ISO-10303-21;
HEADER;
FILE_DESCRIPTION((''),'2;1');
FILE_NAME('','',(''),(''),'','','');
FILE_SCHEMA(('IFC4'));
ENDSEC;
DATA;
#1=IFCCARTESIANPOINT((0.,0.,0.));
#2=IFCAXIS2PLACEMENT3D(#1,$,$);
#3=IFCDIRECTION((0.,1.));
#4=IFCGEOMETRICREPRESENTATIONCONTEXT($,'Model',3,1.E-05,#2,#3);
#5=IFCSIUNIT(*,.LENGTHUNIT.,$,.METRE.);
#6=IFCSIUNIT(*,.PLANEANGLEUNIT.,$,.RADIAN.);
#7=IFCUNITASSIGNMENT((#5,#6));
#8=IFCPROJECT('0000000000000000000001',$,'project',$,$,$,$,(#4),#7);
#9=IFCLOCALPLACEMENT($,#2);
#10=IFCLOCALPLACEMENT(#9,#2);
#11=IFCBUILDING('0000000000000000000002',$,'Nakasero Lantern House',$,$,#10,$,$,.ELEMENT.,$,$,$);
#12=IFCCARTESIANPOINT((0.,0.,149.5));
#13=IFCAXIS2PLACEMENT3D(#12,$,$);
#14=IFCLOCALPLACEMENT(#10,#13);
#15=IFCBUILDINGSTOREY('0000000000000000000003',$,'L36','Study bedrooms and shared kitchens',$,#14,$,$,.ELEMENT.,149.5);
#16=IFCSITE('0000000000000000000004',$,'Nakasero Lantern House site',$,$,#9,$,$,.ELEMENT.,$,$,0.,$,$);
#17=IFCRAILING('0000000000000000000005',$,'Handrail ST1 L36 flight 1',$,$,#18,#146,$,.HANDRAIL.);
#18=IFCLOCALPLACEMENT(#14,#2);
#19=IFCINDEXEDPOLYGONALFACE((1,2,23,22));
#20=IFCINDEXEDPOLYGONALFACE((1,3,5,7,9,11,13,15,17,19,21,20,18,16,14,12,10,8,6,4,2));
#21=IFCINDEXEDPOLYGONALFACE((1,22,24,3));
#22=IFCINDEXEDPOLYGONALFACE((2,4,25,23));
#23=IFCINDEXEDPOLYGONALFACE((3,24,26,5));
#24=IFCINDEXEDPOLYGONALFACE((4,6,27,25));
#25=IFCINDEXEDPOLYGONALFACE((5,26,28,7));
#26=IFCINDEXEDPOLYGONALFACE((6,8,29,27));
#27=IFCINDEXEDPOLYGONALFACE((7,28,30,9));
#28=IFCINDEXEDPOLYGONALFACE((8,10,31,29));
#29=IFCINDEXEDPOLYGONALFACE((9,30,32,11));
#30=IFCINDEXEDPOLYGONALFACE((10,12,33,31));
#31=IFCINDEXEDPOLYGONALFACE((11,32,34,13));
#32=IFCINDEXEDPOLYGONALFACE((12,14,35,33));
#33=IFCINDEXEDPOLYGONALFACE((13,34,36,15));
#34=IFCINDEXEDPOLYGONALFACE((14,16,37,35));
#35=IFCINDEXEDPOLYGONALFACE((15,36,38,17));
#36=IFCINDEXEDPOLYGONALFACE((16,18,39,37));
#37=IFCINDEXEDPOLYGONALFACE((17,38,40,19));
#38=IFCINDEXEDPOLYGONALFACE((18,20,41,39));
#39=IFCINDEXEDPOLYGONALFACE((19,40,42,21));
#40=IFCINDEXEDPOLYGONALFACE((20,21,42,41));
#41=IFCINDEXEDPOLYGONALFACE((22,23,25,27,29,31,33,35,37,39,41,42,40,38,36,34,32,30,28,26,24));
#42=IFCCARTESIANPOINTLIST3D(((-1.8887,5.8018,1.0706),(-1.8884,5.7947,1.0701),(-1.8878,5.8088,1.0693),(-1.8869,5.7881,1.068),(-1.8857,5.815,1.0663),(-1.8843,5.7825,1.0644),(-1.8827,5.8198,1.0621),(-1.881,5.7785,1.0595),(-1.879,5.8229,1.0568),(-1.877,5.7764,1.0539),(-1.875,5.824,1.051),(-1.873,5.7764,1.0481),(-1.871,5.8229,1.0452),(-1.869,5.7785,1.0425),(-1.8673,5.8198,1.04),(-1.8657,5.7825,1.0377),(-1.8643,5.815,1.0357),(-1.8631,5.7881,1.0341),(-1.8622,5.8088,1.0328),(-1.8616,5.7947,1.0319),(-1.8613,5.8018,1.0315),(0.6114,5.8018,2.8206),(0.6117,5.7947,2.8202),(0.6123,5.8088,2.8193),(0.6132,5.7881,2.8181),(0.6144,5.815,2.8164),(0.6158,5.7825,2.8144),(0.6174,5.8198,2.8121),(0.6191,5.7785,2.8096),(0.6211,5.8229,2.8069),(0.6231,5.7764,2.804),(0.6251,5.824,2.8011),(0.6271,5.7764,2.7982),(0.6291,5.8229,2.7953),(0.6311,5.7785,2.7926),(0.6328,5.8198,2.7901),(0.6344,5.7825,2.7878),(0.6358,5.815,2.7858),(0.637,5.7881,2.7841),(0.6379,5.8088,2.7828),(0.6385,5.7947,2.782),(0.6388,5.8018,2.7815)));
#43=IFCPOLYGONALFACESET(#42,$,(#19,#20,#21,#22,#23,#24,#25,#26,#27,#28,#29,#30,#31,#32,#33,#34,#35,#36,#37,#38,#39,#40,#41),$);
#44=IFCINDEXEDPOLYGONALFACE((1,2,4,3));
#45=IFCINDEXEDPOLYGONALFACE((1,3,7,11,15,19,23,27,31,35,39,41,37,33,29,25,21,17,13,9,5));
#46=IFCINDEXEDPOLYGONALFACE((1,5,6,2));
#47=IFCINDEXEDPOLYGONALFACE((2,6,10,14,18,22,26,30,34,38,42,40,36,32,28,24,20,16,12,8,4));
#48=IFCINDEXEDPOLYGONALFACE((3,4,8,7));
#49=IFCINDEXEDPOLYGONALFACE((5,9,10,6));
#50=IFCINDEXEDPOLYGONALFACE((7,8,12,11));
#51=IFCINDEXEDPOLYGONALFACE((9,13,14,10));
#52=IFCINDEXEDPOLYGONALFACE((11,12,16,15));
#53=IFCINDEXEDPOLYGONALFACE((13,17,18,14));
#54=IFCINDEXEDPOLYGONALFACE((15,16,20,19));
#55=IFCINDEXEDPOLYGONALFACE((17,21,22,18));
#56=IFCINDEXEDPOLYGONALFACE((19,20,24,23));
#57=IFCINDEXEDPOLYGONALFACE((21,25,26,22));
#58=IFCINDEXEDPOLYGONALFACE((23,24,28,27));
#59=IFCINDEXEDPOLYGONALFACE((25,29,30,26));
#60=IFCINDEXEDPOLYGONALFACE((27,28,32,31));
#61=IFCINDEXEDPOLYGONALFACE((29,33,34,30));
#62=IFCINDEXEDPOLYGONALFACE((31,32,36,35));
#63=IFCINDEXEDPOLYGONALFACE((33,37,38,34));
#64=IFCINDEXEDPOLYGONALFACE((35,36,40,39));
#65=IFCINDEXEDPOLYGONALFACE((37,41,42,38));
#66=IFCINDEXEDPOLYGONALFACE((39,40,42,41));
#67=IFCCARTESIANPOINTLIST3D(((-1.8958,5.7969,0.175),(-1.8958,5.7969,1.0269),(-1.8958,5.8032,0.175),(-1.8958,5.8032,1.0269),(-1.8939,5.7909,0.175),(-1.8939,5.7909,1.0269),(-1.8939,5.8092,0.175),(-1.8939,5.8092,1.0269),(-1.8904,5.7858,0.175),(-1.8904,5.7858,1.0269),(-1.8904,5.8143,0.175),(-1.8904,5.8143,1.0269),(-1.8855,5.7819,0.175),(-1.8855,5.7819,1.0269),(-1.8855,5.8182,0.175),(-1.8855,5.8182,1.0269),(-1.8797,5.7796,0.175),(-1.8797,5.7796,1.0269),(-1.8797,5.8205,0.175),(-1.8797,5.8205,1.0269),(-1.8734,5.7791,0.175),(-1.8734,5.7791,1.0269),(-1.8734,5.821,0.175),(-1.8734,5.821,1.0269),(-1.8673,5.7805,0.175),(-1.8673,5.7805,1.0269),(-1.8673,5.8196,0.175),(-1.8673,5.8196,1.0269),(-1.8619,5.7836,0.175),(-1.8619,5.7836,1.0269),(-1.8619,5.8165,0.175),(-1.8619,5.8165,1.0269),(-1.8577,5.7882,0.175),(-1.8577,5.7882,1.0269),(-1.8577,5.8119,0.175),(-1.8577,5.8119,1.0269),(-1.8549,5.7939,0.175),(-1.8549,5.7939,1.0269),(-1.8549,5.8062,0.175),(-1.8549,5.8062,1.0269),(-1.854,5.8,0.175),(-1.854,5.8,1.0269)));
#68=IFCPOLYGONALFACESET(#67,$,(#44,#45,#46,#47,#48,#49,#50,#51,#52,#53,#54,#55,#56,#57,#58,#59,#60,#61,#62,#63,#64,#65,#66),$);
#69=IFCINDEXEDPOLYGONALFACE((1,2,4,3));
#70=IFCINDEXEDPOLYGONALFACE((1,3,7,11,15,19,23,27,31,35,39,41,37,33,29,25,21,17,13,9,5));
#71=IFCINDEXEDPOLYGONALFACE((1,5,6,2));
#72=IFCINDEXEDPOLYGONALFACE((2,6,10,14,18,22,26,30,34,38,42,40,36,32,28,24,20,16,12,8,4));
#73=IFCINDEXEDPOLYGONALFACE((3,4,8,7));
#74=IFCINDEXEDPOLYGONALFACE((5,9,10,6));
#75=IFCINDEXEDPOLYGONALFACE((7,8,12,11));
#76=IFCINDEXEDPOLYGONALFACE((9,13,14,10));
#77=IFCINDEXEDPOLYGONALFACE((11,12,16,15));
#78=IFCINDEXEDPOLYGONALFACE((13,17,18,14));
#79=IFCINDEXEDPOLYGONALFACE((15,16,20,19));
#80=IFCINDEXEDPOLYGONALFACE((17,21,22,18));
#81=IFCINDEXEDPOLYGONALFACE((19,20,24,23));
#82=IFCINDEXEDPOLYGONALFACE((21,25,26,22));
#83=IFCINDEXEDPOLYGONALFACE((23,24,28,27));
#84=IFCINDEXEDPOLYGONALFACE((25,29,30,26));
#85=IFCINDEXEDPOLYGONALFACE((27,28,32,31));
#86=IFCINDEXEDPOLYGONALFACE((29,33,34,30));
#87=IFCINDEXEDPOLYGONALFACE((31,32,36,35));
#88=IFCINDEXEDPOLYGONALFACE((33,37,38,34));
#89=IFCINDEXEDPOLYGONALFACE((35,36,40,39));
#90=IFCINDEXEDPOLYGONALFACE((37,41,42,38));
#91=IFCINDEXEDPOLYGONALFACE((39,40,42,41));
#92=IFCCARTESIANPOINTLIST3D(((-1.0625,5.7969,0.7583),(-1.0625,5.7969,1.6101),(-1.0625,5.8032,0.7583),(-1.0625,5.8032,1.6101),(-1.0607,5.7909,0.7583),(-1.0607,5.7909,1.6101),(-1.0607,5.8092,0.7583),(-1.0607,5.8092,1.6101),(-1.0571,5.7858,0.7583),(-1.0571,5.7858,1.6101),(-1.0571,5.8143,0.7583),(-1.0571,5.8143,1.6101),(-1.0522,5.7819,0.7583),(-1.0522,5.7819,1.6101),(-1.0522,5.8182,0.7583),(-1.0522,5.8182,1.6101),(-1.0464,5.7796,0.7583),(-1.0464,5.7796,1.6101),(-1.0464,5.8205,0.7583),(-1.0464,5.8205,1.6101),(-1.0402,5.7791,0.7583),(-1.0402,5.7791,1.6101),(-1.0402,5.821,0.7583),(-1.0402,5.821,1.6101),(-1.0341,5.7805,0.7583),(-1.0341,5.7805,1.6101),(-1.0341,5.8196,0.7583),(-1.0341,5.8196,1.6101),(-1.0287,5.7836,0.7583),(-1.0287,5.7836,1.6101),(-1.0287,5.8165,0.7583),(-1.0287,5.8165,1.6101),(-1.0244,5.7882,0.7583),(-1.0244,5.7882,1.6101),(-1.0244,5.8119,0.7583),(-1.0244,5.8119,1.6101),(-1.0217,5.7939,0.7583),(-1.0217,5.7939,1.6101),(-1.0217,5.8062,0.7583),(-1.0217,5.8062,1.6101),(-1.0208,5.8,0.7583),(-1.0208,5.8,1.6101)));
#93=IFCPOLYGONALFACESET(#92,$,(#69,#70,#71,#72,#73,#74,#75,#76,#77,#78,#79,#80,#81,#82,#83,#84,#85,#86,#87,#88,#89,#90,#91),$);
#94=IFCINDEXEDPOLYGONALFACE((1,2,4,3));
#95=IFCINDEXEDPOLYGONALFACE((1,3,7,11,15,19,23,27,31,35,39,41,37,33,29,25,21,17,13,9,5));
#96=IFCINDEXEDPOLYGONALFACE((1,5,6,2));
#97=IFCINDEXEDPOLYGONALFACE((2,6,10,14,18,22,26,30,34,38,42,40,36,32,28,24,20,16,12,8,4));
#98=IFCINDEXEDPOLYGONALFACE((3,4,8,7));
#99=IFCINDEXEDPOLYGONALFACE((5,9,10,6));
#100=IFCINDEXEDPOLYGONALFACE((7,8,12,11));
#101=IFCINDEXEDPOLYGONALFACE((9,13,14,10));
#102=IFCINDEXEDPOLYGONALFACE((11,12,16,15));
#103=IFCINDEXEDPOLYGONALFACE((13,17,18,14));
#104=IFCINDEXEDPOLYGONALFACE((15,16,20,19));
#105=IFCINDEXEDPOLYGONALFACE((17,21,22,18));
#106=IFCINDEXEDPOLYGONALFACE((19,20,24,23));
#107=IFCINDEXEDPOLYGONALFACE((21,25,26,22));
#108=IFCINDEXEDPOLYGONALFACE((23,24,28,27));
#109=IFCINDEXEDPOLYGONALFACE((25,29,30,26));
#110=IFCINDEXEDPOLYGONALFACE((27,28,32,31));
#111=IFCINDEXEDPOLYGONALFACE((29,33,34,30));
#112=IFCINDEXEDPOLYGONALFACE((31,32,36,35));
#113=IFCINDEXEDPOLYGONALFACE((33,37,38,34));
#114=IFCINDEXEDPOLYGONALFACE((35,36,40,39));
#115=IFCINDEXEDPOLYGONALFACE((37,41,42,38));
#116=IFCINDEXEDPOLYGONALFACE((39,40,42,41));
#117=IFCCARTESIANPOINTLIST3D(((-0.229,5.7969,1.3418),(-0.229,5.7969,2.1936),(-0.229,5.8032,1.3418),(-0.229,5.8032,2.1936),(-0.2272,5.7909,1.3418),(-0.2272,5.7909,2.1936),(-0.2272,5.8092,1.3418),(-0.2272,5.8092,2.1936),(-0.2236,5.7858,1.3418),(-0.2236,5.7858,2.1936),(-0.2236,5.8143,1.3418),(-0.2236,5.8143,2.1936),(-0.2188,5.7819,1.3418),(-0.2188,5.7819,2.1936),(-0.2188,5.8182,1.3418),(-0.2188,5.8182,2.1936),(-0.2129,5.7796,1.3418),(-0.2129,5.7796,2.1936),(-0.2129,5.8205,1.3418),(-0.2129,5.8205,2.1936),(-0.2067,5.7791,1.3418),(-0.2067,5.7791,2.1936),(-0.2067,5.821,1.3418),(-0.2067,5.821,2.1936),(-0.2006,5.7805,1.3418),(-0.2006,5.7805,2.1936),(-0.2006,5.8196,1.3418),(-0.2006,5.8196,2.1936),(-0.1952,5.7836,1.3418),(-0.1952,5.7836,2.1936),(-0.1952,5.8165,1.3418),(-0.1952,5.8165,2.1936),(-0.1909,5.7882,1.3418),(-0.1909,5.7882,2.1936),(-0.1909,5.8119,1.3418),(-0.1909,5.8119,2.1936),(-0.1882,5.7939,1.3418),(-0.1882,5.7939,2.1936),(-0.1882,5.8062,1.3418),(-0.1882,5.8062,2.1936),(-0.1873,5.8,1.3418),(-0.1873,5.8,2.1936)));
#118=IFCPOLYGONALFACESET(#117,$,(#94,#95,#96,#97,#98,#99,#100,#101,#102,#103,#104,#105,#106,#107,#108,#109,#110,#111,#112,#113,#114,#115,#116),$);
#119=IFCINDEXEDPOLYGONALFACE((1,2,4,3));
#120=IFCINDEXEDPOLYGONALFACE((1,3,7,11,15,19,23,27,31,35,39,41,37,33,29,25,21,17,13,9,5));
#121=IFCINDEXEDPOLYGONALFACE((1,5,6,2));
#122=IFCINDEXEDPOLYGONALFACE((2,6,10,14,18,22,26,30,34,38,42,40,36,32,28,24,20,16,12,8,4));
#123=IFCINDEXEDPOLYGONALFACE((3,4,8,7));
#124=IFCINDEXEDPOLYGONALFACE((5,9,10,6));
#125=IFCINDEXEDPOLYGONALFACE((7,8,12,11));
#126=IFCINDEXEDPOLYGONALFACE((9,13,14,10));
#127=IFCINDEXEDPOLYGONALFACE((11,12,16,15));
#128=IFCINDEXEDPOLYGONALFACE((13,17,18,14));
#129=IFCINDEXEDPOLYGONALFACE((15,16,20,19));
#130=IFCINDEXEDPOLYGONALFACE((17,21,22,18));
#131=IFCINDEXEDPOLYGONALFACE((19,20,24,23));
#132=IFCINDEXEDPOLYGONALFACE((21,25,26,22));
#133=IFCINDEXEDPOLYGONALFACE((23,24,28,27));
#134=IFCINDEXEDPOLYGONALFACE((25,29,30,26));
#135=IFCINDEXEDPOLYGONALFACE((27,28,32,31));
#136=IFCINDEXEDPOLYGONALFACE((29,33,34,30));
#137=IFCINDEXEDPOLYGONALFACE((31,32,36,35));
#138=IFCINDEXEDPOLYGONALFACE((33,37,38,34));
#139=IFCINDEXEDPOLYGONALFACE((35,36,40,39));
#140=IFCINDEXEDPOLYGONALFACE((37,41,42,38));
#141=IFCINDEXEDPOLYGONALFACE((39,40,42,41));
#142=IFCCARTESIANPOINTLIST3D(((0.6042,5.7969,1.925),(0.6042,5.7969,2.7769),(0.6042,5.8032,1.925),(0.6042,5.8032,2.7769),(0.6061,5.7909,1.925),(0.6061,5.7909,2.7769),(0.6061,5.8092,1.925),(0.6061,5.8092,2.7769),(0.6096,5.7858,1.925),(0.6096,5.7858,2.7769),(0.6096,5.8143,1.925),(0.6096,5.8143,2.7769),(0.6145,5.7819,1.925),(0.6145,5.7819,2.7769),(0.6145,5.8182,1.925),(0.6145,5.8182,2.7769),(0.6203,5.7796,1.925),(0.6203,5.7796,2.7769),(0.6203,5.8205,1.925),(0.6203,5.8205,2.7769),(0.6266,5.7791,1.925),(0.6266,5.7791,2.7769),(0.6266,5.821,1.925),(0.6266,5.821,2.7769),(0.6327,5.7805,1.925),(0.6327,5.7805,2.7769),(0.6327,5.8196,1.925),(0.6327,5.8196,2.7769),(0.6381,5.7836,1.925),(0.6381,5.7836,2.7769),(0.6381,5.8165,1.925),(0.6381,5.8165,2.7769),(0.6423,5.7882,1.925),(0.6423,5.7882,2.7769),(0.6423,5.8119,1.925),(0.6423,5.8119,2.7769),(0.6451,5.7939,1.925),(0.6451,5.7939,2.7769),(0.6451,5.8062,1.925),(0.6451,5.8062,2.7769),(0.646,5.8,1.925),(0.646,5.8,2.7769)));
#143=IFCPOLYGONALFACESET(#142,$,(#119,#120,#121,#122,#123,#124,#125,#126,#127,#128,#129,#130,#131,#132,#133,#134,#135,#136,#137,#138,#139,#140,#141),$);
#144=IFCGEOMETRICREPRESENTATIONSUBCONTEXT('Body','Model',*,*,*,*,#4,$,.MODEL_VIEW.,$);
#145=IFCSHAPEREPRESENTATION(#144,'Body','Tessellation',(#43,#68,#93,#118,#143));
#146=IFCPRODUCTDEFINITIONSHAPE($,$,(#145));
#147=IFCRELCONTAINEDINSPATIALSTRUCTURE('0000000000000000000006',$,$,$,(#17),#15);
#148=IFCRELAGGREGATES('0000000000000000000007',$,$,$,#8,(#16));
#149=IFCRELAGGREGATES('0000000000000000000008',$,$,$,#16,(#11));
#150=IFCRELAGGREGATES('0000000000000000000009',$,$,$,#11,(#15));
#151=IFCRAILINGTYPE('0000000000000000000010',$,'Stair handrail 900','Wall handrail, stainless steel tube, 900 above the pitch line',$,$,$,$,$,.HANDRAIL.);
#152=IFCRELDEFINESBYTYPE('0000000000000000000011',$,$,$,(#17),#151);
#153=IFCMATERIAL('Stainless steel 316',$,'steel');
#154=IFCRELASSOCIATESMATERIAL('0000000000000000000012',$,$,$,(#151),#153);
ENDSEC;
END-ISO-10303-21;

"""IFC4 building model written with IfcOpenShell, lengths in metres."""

from ifc_helpers import new_model, si_unit, direction, frame, origin, origin_2d, place, context, subcontext, project, spatial, circle, extrude, material, type_object, element, save


model = new_model("IFC4")

# Units and contexts
model_context = context("Model", 3, precision=1e-05, world=origin(), true_north=direction((0.0, 1.0)))
body_context = subcontext(model_context, "Body", "Model", "MODEL_VIEW")
ifc_project = project(units=[si_unit("LENGTHUNIT", "METRE"), si_unit("PLANEANGLEUNIT", "RADIAN")], contexts=[model_context])

# Site, building, storey
site_placement = place(None, origin())
site = spatial("IfcSite", under=ifc_project, at=site_placement, Name="Nakasero Lantern House site", CompositionType="ELEMENT", RefElevation=0.0)
building_placement = place(site_placement, origin())
building = spatial("IfcBuilding", under=site, at=building_placement, Name="Nakasero Lantern House", CompositionType="ELEMENT")
storey_placement = place(building_placement, frame((0.0, 0.0, 149.5)))
storey = spatial("IfcBuildingStorey", under=building, at=storey_placement, Name="L36", Description="Study bedrooms and shared kitchens", CompositionType="ELEMENT", Elevation=149.5)

# Railing
ifc_material_1 = material(Name="Stainless steel 316", Category="steel")
railing_type = type_object("IfcRailingType", Name="Stair handrail 900", Description="Wall handrail, stainless steel tube, 900 above the pitch line", PredefinedType="HANDRAIL", material=ifc_material_1)
railing_placement = place(storey_placement, frame((-1.875, 5.8, 0.175)))
element("IfcRailing", 1, at=railing_placement, inside=storey, type_object=railing_type, Name="Handrail ST1 L36 flight 1", PredefinedType="HANDRAIL", context=body_context, shape_type="SweptSolid", body=[
    extrude(circle(Radius=0.0239, at=origin_2d()), frame((0.0, 0.0, 0.876), z_axis=(0.819232, 0.0, 0.573462), x_axis=(0.0, 1.0, 0.0)), (0.0, 0.0, 1.0), 3.0518),
    extrude(circle(Radius=0.021, at=origin_2d()), origin(), (0.0, 0.0, 1.0), 0.8518),
    extrude(circle(Radius=0.021, at=origin_2d()), frame((0.8333, 0.0, 0.5833)), (0.0, 0.0, 1.0), 0.8518),
    extrude(circle(Radius=0.021, at=origin_2d()), frame((1.6667, 0.0, 1.1667)), (0.0, 0.0, 1.0), 0.8518),
    extrude(circle(Radius=0.021, at=origin_2d()), frame((2.5, 0.0, 1.75)), (0.0, 0.0, 1.0), 0.8518),
])

save(model, "model.ifc")
